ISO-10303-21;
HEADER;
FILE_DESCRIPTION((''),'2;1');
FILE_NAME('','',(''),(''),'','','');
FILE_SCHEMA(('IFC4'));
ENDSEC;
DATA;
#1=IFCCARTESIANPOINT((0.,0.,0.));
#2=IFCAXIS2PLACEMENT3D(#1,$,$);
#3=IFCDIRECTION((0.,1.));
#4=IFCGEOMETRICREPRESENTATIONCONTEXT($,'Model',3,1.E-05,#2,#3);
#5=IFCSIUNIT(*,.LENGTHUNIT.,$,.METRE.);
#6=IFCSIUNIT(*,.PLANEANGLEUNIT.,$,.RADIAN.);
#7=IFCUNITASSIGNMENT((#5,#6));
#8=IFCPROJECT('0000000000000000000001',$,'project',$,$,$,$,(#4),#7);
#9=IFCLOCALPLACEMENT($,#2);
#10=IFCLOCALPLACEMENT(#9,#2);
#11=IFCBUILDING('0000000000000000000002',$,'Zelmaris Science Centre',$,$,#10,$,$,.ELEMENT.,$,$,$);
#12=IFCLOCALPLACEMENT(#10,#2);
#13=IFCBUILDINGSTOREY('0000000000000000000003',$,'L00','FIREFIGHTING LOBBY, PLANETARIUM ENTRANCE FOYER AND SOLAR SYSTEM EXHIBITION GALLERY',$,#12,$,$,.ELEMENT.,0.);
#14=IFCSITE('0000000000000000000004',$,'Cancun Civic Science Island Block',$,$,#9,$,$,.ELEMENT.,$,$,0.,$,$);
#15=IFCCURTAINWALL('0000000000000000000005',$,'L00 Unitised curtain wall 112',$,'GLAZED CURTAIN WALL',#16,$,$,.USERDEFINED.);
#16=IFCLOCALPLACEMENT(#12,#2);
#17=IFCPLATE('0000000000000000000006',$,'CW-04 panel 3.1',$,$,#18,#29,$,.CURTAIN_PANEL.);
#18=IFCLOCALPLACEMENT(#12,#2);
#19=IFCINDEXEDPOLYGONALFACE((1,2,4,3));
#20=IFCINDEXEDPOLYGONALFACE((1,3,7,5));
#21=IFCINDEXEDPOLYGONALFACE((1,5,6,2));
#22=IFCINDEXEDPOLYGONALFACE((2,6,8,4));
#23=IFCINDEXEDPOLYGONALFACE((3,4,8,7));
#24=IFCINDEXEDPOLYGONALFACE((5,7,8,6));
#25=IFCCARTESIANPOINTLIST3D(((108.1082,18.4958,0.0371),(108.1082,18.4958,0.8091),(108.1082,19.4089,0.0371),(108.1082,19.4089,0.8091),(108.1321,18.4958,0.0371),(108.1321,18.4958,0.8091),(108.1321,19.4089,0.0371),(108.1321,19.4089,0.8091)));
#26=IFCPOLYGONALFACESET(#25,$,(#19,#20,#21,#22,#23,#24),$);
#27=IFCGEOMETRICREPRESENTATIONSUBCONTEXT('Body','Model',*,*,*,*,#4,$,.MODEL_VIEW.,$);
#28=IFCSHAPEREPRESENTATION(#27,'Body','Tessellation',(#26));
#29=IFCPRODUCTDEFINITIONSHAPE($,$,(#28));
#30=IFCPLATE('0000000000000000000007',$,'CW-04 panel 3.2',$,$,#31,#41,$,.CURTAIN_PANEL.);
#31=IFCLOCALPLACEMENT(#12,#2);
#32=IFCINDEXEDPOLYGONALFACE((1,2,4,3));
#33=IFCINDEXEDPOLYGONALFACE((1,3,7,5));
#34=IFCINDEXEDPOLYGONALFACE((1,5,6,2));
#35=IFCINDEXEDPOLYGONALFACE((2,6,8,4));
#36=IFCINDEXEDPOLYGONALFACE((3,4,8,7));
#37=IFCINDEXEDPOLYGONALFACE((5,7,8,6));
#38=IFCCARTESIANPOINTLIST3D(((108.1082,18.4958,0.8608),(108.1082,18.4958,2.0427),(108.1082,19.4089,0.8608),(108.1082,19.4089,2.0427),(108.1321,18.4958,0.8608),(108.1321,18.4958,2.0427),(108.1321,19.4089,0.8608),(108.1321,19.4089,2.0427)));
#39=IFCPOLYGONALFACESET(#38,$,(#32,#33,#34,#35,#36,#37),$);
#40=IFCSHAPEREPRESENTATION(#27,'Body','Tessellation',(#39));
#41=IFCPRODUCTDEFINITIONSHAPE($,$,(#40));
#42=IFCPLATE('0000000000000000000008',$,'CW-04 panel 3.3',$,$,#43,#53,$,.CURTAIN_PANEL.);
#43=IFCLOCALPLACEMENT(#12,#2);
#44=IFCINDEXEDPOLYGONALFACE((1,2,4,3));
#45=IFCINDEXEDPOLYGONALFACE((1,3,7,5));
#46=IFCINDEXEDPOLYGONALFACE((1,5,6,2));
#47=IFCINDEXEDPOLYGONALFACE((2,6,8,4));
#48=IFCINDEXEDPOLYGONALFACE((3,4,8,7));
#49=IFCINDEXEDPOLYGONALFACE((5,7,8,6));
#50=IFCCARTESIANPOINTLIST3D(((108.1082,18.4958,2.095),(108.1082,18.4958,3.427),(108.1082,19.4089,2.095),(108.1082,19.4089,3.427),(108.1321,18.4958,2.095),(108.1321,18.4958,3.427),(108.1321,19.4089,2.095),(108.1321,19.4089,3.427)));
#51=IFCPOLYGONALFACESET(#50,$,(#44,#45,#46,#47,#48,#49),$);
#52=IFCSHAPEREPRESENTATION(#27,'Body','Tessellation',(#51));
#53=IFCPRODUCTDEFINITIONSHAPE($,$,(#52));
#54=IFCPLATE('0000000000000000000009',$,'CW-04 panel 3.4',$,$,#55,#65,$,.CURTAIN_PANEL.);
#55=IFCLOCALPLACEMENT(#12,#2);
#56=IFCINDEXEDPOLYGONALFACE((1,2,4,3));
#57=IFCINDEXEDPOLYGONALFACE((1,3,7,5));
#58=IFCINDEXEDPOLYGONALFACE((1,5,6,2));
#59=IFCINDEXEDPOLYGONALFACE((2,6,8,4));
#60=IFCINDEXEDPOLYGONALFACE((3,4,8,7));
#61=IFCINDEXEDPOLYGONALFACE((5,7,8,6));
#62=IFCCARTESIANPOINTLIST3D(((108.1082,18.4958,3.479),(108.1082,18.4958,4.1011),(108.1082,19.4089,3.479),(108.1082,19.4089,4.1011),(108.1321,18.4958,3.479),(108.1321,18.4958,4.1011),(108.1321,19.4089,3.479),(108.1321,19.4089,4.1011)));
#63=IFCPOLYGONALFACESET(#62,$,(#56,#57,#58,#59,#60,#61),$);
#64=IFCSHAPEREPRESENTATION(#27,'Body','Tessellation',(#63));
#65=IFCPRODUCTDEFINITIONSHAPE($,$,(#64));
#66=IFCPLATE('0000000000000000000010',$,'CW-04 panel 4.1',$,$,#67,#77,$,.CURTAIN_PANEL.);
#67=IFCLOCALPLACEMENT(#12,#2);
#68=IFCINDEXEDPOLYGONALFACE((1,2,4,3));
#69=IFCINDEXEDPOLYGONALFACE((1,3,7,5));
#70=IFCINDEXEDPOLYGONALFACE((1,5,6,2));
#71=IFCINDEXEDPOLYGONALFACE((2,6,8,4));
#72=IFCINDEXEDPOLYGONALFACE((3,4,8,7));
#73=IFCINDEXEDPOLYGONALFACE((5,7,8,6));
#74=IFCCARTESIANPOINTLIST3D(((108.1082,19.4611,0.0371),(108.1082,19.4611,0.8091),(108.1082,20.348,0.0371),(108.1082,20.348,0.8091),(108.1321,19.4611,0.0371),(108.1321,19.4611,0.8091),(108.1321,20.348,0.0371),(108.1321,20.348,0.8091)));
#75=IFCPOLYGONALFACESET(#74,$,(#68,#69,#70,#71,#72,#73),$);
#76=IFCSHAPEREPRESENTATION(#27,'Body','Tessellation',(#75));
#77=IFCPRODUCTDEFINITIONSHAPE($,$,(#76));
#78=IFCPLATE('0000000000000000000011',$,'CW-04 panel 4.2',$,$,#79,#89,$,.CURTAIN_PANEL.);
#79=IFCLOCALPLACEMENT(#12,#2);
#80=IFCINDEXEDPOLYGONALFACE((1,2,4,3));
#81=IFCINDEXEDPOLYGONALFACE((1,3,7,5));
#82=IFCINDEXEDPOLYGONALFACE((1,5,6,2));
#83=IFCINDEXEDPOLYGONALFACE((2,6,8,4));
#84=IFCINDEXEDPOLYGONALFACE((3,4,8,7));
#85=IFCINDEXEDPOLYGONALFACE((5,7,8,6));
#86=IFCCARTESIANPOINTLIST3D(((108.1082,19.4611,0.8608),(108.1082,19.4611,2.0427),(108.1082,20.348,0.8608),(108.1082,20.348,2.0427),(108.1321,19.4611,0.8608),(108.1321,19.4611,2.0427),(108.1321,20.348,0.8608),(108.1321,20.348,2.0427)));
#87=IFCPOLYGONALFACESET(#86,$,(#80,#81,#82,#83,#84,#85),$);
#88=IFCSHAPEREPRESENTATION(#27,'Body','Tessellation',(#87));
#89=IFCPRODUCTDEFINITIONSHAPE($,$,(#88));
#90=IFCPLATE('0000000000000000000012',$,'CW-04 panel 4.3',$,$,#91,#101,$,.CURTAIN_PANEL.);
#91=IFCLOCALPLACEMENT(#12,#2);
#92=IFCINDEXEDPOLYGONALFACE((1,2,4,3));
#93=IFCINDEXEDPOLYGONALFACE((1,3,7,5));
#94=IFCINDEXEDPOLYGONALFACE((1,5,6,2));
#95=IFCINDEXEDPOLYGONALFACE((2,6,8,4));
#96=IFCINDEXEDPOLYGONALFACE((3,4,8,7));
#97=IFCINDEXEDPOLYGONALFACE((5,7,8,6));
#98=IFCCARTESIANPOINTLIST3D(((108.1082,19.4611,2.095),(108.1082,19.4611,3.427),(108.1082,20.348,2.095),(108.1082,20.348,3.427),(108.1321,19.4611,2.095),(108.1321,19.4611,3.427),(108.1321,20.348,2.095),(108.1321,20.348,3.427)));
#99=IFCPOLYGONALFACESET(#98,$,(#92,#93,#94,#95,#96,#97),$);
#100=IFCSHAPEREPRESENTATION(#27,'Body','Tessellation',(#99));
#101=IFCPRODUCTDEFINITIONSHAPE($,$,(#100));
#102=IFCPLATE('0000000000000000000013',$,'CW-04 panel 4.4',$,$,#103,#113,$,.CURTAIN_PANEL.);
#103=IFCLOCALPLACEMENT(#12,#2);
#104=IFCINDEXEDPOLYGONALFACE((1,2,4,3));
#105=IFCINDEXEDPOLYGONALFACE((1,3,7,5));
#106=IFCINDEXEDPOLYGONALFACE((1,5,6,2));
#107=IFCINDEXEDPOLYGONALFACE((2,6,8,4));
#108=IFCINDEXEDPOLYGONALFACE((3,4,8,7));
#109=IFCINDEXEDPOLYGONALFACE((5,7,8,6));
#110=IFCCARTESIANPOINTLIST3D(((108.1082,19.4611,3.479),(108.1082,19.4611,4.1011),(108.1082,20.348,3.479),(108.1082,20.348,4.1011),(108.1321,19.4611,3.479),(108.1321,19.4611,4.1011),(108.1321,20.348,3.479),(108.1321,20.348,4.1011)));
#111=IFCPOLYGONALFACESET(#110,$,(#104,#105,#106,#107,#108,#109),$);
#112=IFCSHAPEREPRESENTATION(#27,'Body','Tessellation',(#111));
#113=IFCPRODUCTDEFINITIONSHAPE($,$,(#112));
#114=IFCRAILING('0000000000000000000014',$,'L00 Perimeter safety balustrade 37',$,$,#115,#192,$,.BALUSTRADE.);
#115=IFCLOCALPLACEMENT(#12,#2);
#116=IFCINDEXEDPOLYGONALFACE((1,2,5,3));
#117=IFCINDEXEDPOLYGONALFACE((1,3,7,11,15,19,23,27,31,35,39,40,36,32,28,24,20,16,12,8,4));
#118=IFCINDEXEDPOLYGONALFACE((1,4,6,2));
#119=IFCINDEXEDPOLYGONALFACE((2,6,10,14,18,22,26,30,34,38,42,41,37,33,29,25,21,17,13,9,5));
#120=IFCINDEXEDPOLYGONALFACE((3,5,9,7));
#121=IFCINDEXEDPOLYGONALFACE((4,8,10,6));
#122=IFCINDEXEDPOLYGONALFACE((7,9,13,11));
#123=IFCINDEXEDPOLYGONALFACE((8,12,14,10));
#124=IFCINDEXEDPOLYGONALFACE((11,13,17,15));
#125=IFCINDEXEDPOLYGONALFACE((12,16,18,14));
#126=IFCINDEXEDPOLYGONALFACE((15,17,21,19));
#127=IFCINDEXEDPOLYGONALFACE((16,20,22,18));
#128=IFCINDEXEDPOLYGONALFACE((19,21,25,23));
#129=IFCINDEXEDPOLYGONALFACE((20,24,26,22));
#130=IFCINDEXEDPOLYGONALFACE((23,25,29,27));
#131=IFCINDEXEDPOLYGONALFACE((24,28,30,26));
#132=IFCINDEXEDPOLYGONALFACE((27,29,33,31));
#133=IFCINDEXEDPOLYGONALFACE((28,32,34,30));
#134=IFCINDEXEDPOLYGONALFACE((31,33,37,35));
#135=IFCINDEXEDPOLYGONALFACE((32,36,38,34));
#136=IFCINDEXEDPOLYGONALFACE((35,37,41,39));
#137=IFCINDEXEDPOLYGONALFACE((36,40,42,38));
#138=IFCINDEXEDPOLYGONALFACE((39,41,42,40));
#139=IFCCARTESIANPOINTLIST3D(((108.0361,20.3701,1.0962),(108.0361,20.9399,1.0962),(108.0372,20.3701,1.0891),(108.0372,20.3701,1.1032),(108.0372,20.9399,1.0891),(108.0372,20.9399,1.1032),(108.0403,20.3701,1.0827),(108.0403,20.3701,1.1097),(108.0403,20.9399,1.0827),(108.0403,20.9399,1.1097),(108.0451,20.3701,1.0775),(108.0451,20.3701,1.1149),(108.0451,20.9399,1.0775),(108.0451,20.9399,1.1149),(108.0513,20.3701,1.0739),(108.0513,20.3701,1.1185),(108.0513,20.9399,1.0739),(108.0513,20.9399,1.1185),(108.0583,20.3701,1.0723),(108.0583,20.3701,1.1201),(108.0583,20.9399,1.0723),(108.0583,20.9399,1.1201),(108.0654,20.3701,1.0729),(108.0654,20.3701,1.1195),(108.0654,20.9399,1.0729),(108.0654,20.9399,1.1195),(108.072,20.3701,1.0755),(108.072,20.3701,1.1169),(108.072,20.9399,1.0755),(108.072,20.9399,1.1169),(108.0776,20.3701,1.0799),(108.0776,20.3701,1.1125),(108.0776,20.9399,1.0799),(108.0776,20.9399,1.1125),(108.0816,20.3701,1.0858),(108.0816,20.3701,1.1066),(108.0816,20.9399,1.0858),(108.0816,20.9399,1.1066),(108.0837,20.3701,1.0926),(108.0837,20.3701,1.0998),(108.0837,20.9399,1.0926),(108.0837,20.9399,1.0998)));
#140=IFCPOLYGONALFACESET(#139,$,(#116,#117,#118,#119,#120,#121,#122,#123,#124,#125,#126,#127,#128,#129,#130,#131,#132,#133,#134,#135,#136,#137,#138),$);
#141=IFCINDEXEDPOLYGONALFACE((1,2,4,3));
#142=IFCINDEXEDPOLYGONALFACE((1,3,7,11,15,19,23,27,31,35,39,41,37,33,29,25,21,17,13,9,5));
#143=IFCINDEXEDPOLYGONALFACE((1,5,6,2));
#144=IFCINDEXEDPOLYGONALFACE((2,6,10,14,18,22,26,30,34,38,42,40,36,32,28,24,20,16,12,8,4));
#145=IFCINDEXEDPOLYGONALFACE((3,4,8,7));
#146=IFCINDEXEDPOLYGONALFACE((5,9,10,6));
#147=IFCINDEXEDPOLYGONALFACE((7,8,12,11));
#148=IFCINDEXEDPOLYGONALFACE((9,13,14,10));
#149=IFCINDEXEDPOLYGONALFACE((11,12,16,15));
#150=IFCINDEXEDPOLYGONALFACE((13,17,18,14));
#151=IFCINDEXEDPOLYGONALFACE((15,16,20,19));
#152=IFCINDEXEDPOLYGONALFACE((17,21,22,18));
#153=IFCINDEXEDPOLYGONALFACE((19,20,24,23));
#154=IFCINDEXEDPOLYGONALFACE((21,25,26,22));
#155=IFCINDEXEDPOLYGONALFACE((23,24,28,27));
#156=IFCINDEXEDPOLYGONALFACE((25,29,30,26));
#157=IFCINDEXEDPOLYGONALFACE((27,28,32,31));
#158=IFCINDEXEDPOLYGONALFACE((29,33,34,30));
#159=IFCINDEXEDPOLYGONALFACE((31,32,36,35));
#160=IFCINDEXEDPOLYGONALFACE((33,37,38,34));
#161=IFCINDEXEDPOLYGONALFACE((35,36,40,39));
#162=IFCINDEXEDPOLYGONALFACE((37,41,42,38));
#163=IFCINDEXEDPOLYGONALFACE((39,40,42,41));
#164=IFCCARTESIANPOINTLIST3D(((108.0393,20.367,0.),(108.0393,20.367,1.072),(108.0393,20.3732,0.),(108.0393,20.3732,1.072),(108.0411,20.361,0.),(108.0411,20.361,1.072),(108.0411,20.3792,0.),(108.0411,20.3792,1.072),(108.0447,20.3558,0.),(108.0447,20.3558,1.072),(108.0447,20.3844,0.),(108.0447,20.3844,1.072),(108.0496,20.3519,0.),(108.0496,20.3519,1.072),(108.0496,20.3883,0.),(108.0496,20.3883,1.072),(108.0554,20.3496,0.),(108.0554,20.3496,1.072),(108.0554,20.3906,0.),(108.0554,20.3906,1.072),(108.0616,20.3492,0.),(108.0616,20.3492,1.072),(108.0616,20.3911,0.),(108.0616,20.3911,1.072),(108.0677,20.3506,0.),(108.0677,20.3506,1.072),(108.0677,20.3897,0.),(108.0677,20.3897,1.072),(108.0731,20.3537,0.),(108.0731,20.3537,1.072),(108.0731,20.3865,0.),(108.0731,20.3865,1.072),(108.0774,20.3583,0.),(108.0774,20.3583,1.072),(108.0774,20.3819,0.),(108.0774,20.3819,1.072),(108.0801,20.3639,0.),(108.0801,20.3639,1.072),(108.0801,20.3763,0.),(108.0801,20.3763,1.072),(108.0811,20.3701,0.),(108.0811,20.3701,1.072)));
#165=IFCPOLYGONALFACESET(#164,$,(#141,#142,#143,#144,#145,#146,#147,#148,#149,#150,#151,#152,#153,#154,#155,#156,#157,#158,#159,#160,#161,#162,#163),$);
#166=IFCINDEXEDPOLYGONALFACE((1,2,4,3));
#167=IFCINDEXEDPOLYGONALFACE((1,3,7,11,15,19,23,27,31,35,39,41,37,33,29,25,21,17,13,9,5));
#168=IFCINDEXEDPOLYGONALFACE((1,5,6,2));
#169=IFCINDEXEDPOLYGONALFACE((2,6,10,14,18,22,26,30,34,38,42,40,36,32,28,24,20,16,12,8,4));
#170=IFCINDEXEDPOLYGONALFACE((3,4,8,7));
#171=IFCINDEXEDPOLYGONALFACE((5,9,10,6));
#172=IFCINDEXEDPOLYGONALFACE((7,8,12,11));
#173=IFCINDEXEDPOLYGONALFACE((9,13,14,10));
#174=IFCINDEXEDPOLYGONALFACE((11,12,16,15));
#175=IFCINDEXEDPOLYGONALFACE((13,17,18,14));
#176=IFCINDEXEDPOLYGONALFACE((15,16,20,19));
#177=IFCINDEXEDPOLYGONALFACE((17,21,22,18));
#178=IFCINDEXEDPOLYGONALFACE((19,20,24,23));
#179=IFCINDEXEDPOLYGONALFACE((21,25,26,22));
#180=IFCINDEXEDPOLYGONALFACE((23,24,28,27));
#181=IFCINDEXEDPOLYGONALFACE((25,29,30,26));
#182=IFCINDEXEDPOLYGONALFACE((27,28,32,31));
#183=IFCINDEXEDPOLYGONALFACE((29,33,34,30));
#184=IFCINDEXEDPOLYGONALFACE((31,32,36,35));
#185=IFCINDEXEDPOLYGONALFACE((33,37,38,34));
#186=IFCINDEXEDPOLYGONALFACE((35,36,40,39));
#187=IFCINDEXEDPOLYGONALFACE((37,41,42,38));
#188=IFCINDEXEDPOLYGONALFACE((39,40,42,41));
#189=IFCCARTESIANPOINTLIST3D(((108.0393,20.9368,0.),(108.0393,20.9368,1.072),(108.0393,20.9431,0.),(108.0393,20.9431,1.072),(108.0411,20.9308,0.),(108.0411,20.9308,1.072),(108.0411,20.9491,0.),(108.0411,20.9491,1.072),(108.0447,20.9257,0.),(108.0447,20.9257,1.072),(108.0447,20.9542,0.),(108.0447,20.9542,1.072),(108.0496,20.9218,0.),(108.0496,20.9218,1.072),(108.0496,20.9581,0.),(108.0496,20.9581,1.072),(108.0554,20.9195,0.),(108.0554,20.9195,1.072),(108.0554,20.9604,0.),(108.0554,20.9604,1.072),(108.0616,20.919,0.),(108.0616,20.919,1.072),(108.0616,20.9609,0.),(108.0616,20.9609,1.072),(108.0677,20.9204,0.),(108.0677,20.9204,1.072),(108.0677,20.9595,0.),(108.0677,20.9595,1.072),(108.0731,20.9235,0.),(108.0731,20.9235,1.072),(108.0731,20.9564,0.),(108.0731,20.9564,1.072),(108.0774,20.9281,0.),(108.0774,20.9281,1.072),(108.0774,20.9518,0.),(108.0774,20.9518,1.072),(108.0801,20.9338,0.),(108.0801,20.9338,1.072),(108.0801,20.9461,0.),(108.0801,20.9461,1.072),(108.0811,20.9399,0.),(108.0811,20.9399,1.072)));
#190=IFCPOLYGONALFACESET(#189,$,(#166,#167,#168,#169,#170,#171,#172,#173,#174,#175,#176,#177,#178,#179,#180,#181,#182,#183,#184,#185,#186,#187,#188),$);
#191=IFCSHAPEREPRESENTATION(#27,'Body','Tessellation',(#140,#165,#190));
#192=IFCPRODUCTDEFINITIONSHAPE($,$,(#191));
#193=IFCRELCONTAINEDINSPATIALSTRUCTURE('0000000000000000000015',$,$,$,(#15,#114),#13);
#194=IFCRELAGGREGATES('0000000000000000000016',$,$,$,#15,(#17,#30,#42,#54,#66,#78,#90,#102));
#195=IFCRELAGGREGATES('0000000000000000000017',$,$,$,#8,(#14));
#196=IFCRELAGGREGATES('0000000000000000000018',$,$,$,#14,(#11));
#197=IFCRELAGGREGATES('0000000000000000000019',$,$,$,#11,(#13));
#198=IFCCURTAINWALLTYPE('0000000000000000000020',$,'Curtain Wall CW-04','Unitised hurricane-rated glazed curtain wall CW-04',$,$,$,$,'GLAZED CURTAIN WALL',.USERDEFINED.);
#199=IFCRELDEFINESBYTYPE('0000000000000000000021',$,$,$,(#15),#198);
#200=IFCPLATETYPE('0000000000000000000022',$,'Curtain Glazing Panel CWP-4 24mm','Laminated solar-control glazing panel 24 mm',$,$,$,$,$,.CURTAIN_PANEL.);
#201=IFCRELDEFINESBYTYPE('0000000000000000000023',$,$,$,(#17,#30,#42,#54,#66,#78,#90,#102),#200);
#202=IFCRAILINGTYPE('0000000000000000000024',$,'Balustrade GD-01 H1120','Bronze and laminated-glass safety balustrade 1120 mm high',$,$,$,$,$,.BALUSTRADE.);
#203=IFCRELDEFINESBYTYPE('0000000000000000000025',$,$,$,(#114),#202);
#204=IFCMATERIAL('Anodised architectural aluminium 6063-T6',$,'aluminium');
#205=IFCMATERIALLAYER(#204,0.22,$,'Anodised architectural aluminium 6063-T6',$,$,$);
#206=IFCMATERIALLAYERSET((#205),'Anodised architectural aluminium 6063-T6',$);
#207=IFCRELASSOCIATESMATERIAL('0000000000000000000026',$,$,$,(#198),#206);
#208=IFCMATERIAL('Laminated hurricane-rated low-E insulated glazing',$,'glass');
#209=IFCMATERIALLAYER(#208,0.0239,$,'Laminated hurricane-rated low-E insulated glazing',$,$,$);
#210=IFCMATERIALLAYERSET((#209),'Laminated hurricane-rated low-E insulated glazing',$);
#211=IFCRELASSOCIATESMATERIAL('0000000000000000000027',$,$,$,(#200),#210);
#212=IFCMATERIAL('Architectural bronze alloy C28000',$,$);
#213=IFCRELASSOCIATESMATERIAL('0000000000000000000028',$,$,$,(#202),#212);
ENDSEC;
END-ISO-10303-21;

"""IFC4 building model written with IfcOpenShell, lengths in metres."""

from ifc_helpers import new_model, si_unit, direction, frame, origin, origin_2d, place, context, subcontext, project, spatial, rectangle, circle, extrude, material, layer, layer_set, type_object, element, aggregate, save


model = new_model("IFC4")

# Units and contexts
model_context = context("Model", 3, precision=1e-05, world=origin(), true_north=direction((0.0, 1.0)))
body_context = subcontext(model_context, "Body", "Model", "MODEL_VIEW")
ifc_project = project(units=[si_unit("LENGTHUNIT", "METRE"), si_unit("PLANEANGLEUNIT", "RADIAN")], contexts=[model_context])

# Site, building, storey
site_placement = place(None, origin())
site = spatial("IfcSite", under=ifc_project, at=site_placement, Name="Cancun Civic Science Island Block", CompositionType="ELEMENT", RefElevation=0.0)
building_placement = place(site_placement, origin())
building = spatial("IfcBuilding", under=site, at=building_placement, Name="Zelmaris Science Centre", CompositionType="ELEMENT")
storey_placement = place(building_placement, origin())
storey = spatial("IfcBuildingStorey", under=building, at=storey_placement, Name="L00", Description="FIREFIGHTING LOBBY, PLANETARIUM ENTRANCE FOYER AND SOLAR SYSTEM EXHIBITION GALLERY", CompositionType="ELEMENT", Elevation=0.0)

# Curtain wall, plates
ifc_material_1 = material(Name="Anodised architectural aluminium 6063-T6", Category="aluminium")
ifc_layer_1 = layer(ifc_material_1, 0.22, Name="Anodised architectural aluminium 6063-T6")
ifc_layer_set_1 = layer_set([ifc_layer_1], Name="Anodised architectural aluminium 6063-T6")
curtain_wall_type = type_object("IfcCurtainWallType", Name="Curtain Wall CW-04", Description="Unitised hurricane-rated glazed curtain wall CW-04", ElementType="GLAZED CURTAIN WALL", PredefinedType="USERDEFINED", material=ifc_layer_set_1)
curtain_wall_placement = place(storey_placement, origin())
curtain_wall = element("IfcCurtainWall", 1, at=curtain_wall_placement, inside=storey, type_object=curtain_wall_type, Name="L00 Unitised curtain wall 112", ObjectType="GLAZED CURTAIN WALL", PredefinedType="USERDEFINED")
ifc_material_2 = material(Name="Laminated hurricane-rated low-E insulated glazing", Category="glass")
ifc_layer_2 = layer(ifc_material_2, 0.0239, Name="Laminated hurricane-rated low-E insulated glazing")
ifc_layer_set_2 = layer_set([ifc_layer_2], Name="Laminated hurricane-rated low-E insulated glazing")
plate_type = type_object("IfcPlateType", Name="Curtain Glazing Panel CWP-4 24mm", Description="Laminated solar-control glazing panel 24 mm", PredefinedType="CURTAIN_PANEL", material=ifc_layer_set_2)
plate_1_placement = place(storey_placement, frame((108.1201, 18.9524, 0.0371), z_axis=(0.0, 0.0, 1.0), x_axis=(0.0, 1.0, 0.0)))
plate_1 = element("IfcPlate", 2, at=plate_1_placement, type_object=plate_type, Name="CW-04 panel 3.1", PredefinedType="CURTAIN_PANEL", context=body_context, shape_type="SweptSolid", body=[
    extrude(rectangle(XDim=0.9131, YDim=0.0239, at=origin_2d()), origin(), (0.0, 0.0, 1.0), 0.772),
])
plate_2_placement = place(storey_placement, frame((108.1201, 18.9524, 0.8608), z_axis=(0.0, 0.0, 1.0), x_axis=(0.0, 1.0, 0.0)))
plate_2 = element("IfcPlate", 3, at=plate_2_placement, type_object=plate_type, Name="CW-04 panel 3.2", PredefinedType="CURTAIN_PANEL", context=body_context, shape_type="SweptSolid", body=[
    extrude(rectangle(XDim=0.9131, YDim=0.0239, at=origin_2d()), origin(), (0.0, 0.0, 1.0), 1.1819),
])
plate_3_placement = place(storey_placement, frame((108.1201, 18.9524, 2.095), z_axis=(0.0, 0.0, 1.0), x_axis=(0.0, 1.0, 0.0)))
plate_3 = element("IfcPlate", 4, at=plate_3_placement, type_object=plate_type, Name="CW-04 panel 3.3", PredefinedType="CURTAIN_PANEL", context=body_context, shape_type="SweptSolid", body=[
    extrude(rectangle(XDim=0.9131, YDim=0.0239, at=origin_2d()), origin(), (0.0, 0.0, 1.0), 1.332),
])
plate_4_placement = place(storey_placement, frame((108.1201, 18.9524, 3.479), z_axis=(0.0, 0.0, 1.0), x_axis=(0.0, 1.0, 0.0)))
plate_4 = element("IfcPlate", 5, at=plate_4_placement, type_object=plate_type, Name="CW-04 panel 3.4", PredefinedType="CURTAIN_PANEL", context=body_context, shape_type="SweptSolid", body=[
    extrude(rectangle(XDim=0.9131, YDim=0.0239, at=origin_2d()), origin(), (0.0, 0.0, 1.0), 0.6221),
])
plate_5_placement = place(storey_placement, frame((108.1201, 19.9045, 0.0371), z_axis=(0.0, 0.0, 1.0), x_axis=(0.0, 1.0, 0.0)))
plate_5 = element("IfcPlate", 6, at=plate_5_placement, type_object=plate_type, Name="CW-04 panel 4.1", PredefinedType="CURTAIN_PANEL", context=body_context, shape_type="SweptSolid", body=[
    extrude(rectangle(XDim=0.887, YDim=0.0239, at=origin_2d()), origin(), (0.0, 0.0, 1.0), 0.772),
])
plate_6_placement = place(storey_placement, frame((108.1201, 19.9045, 0.8608), z_axis=(0.0, 0.0, 1.0), x_axis=(0.0, 1.0, 0.0)))
plate_6 = element("IfcPlate", 7, at=plate_6_placement, type_object=plate_type, Name="CW-04 panel 4.2", PredefinedType="CURTAIN_PANEL", context=body_context, shape_type="SweptSolid", body=[
    extrude(rectangle(XDim=0.887, YDim=0.0239, at=origin_2d()), origin(), (0.0, 0.0, 1.0), 1.1819),
])
plate_7_placement = place(storey_placement, frame((108.1201, 19.9045, 2.095), z_axis=(0.0, 0.0, 1.0), x_axis=(0.0, 1.0, 0.0)))
plate_7 = element("IfcPlate", 8, at=plate_7_placement, type_object=plate_type, Name="CW-04 panel 4.3", PredefinedType="CURTAIN_PANEL", context=body_context, shape_type="SweptSolid", body=[
    extrude(rectangle(XDim=0.887, YDim=0.0239, at=origin_2d()), origin(), (0.0, 0.0, 1.0), 1.332),
])
plate_8_placement = place(storey_placement, frame((108.1201, 19.9045, 3.479), z_axis=(0.0, 0.0, 1.0), x_axis=(0.0, 1.0, 0.0)))
plate_8 = element("IfcPlate", 9, at=plate_8_placement, type_object=plate_type, Name="CW-04 panel 4.4", PredefinedType="CURTAIN_PANEL", context=body_context, shape_type="SweptSolid", body=[
    extrude(rectangle(XDim=0.887, YDim=0.0239, at=origin_2d()), origin(), (0.0, 0.0, 1.0), 0.6221),
])
aggregate(curtain_wall, [plate_1, plate_2, plate_3, plate_4, plate_5, plate_6, plate_7, plate_8])

# Railing
ifc_material_3 = material(Name="Architectural bronze alloy C28000")
railing_type = type_object("IfcRailingType", Name="Balustrade GD-01 H1120", Description="Bronze and laminated-glass safety balustrade 1120 mm high", PredefinedType="BALUSTRADE", material=ifc_material_3)
railing_1_placement = place(storey_placement, frame((108.0601, 20.3701, 0.0)))
element("IfcRailing", 10, at=railing_1_placement, inside=storey, type_object=railing_type, Name="L00 Perimeter safety balustrade 37", PredefinedType="BALUSTRADE", context=body_context, shape_type="SweptSolid", body=[
    extrude(circle(Radius=0.0239, at=origin_2d()), frame((0.0, 0.0, 1.0962), z_axis=(0.0, 1.0, 0.0), x_axis=(-1.0, 0.0, 0.0)), (0.0, 0.0, 1.0), 0.5698),
    extrude(circle(Radius=0.021, at=origin_2d()), origin(), (0.0, 0.0, 1.0), 1.072),
    extrude(circle(Radius=0.021, at=origin_2d()), frame((0.0, 0.5698, 0.0)), (0.0, 0.0, 1.0), 1.072),
])

save(model, "model.ifc")
